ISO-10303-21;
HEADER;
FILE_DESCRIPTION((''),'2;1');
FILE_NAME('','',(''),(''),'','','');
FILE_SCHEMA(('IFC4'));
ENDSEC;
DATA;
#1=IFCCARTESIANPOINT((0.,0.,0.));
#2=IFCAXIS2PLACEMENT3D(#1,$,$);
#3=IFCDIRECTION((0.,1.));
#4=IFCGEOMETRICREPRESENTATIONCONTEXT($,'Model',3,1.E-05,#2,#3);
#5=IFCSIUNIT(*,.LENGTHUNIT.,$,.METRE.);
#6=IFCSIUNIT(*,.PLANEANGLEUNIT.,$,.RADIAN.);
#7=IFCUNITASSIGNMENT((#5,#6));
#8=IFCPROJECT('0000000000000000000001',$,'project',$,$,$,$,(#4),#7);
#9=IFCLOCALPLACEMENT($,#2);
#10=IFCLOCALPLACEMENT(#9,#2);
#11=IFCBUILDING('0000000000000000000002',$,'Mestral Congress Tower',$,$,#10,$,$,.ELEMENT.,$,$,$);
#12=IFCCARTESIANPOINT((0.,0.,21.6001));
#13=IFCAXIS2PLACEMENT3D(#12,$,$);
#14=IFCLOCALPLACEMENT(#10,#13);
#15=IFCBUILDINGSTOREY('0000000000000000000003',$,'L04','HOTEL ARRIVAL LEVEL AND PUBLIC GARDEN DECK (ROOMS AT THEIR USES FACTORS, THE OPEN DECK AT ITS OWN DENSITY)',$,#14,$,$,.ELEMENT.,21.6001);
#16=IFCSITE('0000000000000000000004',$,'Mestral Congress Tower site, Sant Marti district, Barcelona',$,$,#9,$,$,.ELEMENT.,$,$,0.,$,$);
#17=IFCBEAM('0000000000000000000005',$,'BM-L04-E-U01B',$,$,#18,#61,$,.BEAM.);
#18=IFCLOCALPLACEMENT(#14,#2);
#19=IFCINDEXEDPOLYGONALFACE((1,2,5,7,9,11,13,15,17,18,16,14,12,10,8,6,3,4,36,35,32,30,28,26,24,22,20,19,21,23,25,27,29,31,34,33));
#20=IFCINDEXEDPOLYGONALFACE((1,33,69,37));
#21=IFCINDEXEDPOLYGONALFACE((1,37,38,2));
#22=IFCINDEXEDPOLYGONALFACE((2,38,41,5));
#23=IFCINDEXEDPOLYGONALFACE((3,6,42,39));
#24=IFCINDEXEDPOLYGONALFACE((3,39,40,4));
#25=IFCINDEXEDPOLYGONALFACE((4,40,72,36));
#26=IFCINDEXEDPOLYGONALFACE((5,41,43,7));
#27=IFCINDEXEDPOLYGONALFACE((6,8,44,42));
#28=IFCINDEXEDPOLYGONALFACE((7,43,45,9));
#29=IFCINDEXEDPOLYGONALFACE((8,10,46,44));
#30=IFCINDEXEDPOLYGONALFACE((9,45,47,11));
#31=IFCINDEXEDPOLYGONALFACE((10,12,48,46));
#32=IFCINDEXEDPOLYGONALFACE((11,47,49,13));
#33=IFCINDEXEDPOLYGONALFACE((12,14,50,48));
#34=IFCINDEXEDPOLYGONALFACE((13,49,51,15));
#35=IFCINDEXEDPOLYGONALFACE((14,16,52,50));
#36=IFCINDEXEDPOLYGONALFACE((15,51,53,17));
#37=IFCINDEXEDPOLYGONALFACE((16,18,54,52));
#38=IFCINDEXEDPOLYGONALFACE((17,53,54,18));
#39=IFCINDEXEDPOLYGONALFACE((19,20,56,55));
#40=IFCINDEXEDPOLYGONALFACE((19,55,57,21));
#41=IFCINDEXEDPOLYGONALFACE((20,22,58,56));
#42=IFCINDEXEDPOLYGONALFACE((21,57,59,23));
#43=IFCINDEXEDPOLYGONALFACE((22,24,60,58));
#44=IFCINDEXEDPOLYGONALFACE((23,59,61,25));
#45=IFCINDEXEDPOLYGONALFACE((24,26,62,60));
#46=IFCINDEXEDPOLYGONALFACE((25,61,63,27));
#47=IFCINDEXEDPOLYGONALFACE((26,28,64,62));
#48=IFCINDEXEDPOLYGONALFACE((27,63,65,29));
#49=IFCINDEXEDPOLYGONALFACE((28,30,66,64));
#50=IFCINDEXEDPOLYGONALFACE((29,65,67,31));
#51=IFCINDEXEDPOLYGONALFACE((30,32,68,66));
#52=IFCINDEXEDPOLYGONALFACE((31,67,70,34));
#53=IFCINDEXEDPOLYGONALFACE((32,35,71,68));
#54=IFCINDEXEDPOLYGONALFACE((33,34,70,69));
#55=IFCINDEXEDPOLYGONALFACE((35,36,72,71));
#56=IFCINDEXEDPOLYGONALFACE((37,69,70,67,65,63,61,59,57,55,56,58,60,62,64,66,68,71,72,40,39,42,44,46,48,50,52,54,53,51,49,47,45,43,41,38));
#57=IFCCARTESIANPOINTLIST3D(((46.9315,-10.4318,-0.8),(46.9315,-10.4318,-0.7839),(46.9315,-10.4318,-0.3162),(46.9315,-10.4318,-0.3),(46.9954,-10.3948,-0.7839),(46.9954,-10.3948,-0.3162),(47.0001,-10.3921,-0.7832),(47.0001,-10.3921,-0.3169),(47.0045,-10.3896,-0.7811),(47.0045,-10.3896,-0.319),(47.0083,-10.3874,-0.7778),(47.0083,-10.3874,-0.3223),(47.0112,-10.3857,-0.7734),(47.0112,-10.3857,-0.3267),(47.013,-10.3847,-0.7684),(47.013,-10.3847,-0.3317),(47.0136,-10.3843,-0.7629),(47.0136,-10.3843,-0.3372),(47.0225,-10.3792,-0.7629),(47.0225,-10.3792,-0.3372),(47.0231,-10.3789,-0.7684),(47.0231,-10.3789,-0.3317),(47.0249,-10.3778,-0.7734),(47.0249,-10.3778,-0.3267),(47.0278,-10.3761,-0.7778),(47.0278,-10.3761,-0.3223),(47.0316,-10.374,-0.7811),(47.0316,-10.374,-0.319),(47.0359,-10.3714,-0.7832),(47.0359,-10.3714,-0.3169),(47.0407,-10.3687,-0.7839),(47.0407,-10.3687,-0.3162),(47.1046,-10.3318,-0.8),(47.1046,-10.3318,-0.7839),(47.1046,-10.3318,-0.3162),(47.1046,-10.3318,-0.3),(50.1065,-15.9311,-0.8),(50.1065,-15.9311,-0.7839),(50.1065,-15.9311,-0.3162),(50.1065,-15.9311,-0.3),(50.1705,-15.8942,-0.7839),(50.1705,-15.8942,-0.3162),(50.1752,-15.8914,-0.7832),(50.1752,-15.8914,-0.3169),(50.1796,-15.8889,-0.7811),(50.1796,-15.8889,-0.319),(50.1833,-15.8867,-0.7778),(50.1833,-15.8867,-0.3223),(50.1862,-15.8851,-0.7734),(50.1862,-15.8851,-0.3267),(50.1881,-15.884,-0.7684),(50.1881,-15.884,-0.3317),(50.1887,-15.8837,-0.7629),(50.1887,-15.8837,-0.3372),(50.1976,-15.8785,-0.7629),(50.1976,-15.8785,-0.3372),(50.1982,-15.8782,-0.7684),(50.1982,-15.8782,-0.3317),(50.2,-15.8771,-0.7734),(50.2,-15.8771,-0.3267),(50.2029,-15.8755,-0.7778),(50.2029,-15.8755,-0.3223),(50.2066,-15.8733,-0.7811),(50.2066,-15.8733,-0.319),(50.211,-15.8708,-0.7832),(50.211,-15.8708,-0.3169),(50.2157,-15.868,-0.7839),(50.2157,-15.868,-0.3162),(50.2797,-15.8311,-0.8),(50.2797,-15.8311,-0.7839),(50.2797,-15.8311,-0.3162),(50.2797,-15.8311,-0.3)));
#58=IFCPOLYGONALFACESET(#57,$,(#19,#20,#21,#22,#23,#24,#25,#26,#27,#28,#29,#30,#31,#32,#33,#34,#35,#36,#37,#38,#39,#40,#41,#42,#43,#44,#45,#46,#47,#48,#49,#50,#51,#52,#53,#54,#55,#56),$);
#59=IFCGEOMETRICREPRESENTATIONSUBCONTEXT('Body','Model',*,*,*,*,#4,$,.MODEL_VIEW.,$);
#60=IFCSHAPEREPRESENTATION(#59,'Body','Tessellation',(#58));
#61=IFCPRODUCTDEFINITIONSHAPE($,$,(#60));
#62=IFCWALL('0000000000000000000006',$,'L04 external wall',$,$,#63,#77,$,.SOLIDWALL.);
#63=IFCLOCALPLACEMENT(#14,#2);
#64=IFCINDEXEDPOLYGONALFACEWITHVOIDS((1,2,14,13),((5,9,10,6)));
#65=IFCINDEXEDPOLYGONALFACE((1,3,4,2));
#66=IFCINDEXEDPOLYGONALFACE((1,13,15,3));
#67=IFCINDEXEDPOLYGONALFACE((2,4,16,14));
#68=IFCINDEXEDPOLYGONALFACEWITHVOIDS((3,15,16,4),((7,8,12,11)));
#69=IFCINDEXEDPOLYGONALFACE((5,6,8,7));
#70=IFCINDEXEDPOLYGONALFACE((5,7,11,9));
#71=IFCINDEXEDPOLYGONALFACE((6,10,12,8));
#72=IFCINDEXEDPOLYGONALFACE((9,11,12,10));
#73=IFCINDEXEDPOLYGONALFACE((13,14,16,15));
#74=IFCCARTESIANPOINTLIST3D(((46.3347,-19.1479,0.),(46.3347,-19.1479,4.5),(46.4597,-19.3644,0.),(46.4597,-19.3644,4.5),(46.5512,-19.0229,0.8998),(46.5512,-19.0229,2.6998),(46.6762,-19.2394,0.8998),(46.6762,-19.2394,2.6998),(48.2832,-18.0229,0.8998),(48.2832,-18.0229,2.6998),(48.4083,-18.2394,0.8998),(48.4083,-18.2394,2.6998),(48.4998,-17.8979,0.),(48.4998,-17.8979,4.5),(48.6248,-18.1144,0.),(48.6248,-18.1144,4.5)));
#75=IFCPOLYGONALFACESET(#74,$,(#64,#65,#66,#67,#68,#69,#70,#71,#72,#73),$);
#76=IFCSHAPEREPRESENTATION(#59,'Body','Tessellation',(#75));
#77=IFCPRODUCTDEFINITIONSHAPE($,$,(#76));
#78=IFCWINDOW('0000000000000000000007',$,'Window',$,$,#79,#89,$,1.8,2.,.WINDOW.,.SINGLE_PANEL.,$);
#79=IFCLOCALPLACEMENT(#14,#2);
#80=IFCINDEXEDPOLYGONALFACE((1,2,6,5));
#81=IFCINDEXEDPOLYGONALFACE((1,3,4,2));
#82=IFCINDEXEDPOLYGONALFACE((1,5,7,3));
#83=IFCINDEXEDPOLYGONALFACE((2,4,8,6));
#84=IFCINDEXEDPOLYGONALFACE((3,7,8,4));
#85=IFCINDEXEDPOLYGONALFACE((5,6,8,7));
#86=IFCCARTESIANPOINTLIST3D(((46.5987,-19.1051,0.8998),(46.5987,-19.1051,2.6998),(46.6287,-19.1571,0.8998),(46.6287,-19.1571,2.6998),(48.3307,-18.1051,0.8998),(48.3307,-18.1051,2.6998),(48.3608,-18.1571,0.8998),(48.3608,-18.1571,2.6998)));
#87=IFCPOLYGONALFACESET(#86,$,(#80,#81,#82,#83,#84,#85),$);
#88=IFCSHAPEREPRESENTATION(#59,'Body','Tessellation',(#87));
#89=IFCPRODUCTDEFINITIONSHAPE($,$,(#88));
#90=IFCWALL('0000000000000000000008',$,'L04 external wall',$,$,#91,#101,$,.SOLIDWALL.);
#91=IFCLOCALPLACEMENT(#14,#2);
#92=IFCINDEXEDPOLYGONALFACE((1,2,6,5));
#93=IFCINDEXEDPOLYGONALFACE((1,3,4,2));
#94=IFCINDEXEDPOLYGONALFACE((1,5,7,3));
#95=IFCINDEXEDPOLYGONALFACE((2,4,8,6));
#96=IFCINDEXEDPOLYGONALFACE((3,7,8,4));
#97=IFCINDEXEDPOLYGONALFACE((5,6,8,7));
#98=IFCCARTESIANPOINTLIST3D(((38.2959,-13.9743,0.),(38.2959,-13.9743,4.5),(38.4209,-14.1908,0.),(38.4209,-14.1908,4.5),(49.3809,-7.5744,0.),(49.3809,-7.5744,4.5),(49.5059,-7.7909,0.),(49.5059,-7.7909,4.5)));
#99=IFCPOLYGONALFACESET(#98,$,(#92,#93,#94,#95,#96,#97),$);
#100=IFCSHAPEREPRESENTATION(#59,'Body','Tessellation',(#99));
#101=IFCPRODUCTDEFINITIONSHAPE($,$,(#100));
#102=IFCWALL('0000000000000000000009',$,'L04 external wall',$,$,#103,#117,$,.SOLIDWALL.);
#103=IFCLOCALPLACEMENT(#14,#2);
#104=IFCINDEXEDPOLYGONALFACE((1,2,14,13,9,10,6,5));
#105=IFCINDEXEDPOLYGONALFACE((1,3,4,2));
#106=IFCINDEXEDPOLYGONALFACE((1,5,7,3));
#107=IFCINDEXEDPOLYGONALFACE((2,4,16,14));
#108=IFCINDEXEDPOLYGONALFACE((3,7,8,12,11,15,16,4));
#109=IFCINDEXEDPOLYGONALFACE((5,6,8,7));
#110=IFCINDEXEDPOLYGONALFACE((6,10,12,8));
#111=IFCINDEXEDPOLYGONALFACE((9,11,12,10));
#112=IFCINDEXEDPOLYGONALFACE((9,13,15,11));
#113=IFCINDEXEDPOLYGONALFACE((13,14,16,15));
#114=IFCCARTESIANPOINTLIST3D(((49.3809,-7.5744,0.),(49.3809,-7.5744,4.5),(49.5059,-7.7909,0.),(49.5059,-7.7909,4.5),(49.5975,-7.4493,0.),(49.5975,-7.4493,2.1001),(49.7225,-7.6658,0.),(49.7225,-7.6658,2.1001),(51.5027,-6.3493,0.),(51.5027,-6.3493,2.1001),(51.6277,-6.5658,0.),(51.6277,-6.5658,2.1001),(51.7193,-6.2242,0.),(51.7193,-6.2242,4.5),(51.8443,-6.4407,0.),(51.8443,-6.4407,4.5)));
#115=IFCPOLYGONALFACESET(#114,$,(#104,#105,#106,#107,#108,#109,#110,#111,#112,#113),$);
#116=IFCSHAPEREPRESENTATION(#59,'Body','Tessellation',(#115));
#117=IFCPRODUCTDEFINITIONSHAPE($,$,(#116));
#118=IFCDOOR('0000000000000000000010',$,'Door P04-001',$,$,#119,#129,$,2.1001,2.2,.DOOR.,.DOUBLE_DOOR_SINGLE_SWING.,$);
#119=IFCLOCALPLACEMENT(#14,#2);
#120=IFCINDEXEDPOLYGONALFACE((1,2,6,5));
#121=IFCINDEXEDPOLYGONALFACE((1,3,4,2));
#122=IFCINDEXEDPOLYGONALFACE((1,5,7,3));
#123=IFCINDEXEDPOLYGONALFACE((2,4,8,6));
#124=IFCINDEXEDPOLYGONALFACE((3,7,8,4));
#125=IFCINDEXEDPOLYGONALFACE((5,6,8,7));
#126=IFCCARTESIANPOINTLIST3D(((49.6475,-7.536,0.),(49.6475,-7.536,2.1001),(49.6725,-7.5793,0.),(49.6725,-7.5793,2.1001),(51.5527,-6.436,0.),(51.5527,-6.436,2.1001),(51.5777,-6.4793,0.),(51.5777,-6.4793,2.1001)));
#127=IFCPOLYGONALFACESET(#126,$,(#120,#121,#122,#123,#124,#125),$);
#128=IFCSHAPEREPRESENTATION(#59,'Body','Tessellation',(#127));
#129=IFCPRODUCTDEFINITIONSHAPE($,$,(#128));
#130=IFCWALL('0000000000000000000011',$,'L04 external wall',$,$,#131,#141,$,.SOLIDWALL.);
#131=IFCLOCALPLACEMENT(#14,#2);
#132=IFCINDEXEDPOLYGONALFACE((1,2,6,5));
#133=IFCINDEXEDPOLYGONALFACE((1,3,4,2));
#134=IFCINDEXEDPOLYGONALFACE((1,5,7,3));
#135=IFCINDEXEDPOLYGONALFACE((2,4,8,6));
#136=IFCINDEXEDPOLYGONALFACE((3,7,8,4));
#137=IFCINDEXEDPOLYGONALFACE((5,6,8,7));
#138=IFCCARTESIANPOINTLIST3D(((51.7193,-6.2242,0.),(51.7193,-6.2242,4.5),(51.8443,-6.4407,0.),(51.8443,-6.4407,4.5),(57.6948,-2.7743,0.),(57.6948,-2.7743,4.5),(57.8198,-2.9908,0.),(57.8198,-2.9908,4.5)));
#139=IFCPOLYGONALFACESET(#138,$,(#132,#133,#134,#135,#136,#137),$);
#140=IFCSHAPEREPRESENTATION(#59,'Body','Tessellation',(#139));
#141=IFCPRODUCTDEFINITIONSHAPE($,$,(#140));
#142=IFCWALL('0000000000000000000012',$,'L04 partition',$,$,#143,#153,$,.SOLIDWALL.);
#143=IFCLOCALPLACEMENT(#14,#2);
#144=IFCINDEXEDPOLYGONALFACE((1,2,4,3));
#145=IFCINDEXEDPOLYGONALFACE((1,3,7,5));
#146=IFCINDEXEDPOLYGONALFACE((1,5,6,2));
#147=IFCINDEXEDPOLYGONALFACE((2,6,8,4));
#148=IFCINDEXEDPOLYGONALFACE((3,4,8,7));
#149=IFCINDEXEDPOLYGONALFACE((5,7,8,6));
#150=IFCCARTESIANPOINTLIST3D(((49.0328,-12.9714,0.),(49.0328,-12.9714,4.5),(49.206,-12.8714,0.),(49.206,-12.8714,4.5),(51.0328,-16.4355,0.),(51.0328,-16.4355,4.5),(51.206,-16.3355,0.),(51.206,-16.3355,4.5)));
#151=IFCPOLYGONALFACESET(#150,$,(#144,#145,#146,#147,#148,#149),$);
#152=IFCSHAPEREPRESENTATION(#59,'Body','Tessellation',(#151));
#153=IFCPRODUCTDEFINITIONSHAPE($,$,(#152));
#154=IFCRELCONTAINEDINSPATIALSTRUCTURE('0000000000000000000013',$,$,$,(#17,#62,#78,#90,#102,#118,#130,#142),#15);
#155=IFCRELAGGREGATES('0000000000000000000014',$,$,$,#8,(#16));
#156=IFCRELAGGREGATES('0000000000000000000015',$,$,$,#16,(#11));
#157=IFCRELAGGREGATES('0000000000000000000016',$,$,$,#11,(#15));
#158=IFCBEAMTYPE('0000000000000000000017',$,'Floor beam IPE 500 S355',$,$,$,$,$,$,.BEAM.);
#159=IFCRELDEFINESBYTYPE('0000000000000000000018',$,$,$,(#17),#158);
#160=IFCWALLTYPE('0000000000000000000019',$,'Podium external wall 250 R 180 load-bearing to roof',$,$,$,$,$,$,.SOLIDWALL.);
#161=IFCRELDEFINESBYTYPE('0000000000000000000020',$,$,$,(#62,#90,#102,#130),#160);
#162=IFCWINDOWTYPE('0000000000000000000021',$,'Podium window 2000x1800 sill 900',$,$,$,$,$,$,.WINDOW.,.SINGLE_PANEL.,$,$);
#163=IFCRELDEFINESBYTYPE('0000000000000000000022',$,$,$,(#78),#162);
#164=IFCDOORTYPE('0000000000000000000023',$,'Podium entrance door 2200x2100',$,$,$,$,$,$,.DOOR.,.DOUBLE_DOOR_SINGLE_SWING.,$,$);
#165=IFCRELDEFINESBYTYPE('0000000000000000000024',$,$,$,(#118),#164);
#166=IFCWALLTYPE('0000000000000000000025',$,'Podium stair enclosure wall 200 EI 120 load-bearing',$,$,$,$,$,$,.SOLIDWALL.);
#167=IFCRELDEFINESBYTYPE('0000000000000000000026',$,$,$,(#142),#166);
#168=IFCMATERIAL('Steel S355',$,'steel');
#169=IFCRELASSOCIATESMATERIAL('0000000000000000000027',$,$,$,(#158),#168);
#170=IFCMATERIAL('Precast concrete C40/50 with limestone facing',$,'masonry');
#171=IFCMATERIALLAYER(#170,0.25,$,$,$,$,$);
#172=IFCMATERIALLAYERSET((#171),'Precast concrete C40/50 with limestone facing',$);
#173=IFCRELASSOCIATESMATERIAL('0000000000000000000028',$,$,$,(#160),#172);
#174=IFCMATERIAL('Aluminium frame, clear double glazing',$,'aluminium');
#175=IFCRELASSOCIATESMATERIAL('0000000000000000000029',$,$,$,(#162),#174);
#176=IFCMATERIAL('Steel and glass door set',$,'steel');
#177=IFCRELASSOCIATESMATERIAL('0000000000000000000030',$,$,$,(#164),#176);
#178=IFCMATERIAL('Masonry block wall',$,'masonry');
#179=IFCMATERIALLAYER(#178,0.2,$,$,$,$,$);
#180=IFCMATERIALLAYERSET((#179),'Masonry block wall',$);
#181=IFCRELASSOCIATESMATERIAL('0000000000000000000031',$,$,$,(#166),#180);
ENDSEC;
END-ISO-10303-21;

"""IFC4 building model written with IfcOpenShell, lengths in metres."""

from ifc_helpers import new_model, si_unit, direction, frame, frame_2d, origin, origin_2d, place, context, subcontext, project, spatial, rectangle, i_section, extrude, material, layer, layer_set, material_profile, profile_set, type_object, element, fill, save


model = new_model("IFC4")

# Units and contexts
model_context = context("Model", 3, precision=1e-05, world=origin(), true_north=direction((0.0, 1.0)))
body_context = subcontext(model_context, "Body", "Model", "MODEL_VIEW")
ifc_project = project(units=[si_unit("LENGTHUNIT", "METRE"), si_unit("PLANEANGLEUNIT", "RADIAN")], contexts=[model_context])

# Site, building, storey
site_placement = place(None, origin())
site = spatial("IfcSite", under=ifc_project, at=site_placement, Name="Mestral Congress Tower site, Sant Marti district, Barcelona", CompositionType="ELEMENT", RefElevation=0.0)
building_placement = place(site_placement, origin())
building = spatial("IfcBuilding", under=site, at=building_placement, Name="Mestral Congress Tower", CompositionType="ELEMENT")
storey_placement = place(building_placement, frame((0.0, 0.0, 21.6001)))
storey = spatial("IfcBuildingStorey", under=building, at=storey_placement, Name="L04", Description="HOTEL ARRIVAL LEVEL AND PUBLIC GARDEN DECK (ROOMS AT THEIR USES FACTORS, THE OPEN DECK AT ITS OWN DENSITY)", CompositionType="ELEMENT", Elevation=21.6001)

# Beam
ifc_material_1 = material(Name="Steel S355", Category="steel")
ifc_material_profile = material_profile(ifc_material_1, i_section(OverallWidth=0.2, OverallDepth=0.5, WebThickness=0.0103, FlangeThickness=0.0161, FilletRadius=0.021, at=origin_2d()), Name="IPE 500")
ifc_profile_set = profile_set([ifc_material_profile], Name="Steel S355")
beam_type = type_object("IfcBeamType", Name="Floor beam IPE 500 S355", PredefinedType="BEAM", material=ifc_profile_set)
beam_placement = place(storey_placement, frame((50.1931, -15.8811, -0.55), z_axis=(-0.500005, 0.866022, 0.0), x_axis=(-0.866022, -0.500005, 0.0)))
element("IfcBeam", 1, at=beam_placement, inside=storey, type_object=beam_type, Name="BM-L04-E-U01B", PredefinedType="BEAM", context=body_context, shape_type="SweptSolid", body=[
    extrude(i_section(OverallWidth=0.2, OverallDepth=0.5, WebThickness=0.0103, FlangeThickness=0.0161, FilletRadius=0.021, at=origin_2d()), origin(), (0.0, 0.0, 1.0), 6.3501),
])

# Wall, opening, window
ifc_material_2 = material(Name="Precast concrete C40/50 with limestone facing", Category="masonry")
ifc_layer_1 = layer(ifc_material_2, 0.25)
ifc_layer_set_1 = layer_set([ifc_layer_1], Name="Precast concrete C40/50 with limestone facing")
wall_type_1 = type_object("IfcWallType", Name="Podium external wall 250 R 180 load-bearing to roof", PredefinedType="SOLIDWALL", material=ifc_layer_set_1)
wall_1_placement = place(storey_placement, frame((48.5623, -18.0061, 0.0), z_axis=(0.0, 0.0, 1.0), x_axis=(-0.866023, -0.500004, 0.0)))
wall_1 = element("IfcWall", 2, at=wall_1_placement, inside=storey, type_object=wall_type_1, Name="L04 external wall", PredefinedType="SOLIDWALL", context=body_context, shape_type="SweptSolid", body=[
    extrude(rectangle(XDim=2.5, YDim=0.25, at=frame_2d((1.25, 0.0))), origin(), (0.0, 0.0, 1.0), 4.5),
])
opening_1_placement = place(wall_1_placement, frame((0.25, 0.0, 0.8999)))
opening_1 = element("IfcOpeningElement", 3, at=opening_1_placement, cuts=wall_1, PredefinedType="OPENING", context=body_context, shape_type="SweptSolid", body=[
    extrude(rectangle(XDim=2.0, YDim=1.8, at=frame_2d((1.0, 0.8999))), frame((0.0, 0.135, 0.0), z_axis=(0.0, -1.0, 0.0), x_axis=(1.0, 0.0, 0.0)), (0.0, 0.0, 1.0), 0.27),
])
ifc_material_3 = material(Name="Aluminium frame, clear double glazing", Category="aluminium")
window_type = type_object("IfcWindowType", Name="Podium window 2000x1800 sill 900", PartitioningType="SINGLE_PANEL", PredefinedType="WINDOW", material=ifc_material_3)
window_placement = place(opening_1_placement, origin())
window = element("IfcWindow", 4, at=window_placement, inside=storey, type_object=window_type, Name="Window", OverallHeight=1.8, OverallWidth=2.0, PartitioningType="SINGLE_PANEL", PredefinedType="WINDOW", context=body_context, shape_type="SweptSolid", body=[
    extrude(rectangle(XDim=2.0, YDim=1.8, at=frame_2d((1.0, 0.8999))), frame((0.0, 0.03, 0.0), z_axis=(0.0, -1.0, 0.0), x_axis=(1.0, 0.0, 0.0)), (0.0, 0.0, 1.0), 0.0601),
])
fill(opening_1, window)

# Wall
wall_2_placement = place(storey_placement, frame((49.4434, -7.6826, 0.0), z_axis=(0.0, 0.0, 1.0), x_axis=(-0.866025, -0.5, 0.0)))
element("IfcWall", 5, at=wall_2_placement, inside=storey, type_object=wall_type_1, Name="L04 external wall", PredefinedType="SOLIDWALL", context=body_context, shape_type="SweptSolid", body=[
    extrude(rectangle(XDim=12.7998, YDim=0.25, at=frame_2d((6.3999, 0.0))), origin(), (0.0, 0.0, 1.0), 4.5),
])

# Wall, opening, door
wall_3_placement = place(storey_placement, frame((49.4434, -7.6826, 0.0), z_axis=(0.0, 0.0, 1.0), x_axis=(0.86602, 0.500009, 0.0)))
wall_3 = element("IfcWall", 6, at=wall_3_placement, inside=storey, type_object=wall_type_1, Name="L04 external wall", PredefinedType="SOLIDWALL", context=body_context, shape_type="SweptSolid", body=[
    extrude(rectangle(XDim=2.7002, YDim=0.25, at=frame_2d((1.3501, 0.0))), origin(), (0.0, 0.0, 1.0), 4.5),
])
opening_2_placement = place(wall_3_placement, frame((0.25, 0.0, 0.0)))
opening_2 = element("IfcOpeningElement", 7, at=opening_2_placement, cuts=wall_3, PredefinedType="OPENING", context=body_context, shape_type="SweptSolid", body=[
    extrude(rectangle(XDim=2.2, YDim=2.1001, at=frame_2d((1.1001, 1.05))), frame((0.0, 0.135, 0.0), z_axis=(0.0, -1.0, 0.0), x_axis=(1.0, 0.0, 0.0)), (0.0, 0.0, 1.0), 0.27),
])
ifc_material_4 = material(Name="Steel and glass door set", Category="steel")
door_type_1 = type_object("IfcDoorType", Name="Podium entrance door 2200x2100", OperationType="DOUBLE_DOOR_SINGLE_SWING", PredefinedType="DOOR", material=ifc_material_4)
door_1_placement = place(opening_2_placement, origin())
door_1 = element("IfcDoor", 8, at=door_1_placement, inside=storey, type_object=door_type_1, Name="Door P04-001", OperationType="DOUBLE_DOOR_SINGLE_SWING", OverallHeight=2.1001, OverallWidth=2.2, PredefinedType="DOOR", context=body_context, shape_type="SweptSolid", body=[
    extrude(rectangle(XDim=2.2, YDim=2.1001, at=frame_2d((1.1001, 1.05))), frame((0.0, 0.0249, 0.0), z_axis=(0.0, -1.0, 0.0), x_axis=(1.0, 0.0, 0.0)), (0.0, 0.0, 1.0), 0.05),
])
fill(opening_2, door_1)

# Walls
wall_4_placement = place(storey_placement, frame((57.7573, -2.8826, 0.0), z_axis=(0.0, 0.0, 1.0), x_axis=(-0.866029, -0.499994, 0.0)))
element("IfcWall", 9, at=wall_4_placement, inside=storey, type_object=wall_type_1, Name="L04 external wall", PredefinedType="SOLIDWALL", context=body_context, shape_type="SweptSolid", body=[
    extrude(rectangle(XDim=6.8999, YDim=0.25, at=frame_2d((3.45, 0.0))), origin(), (0.0, 0.0, 1.0), 4.5),
])
ifc_material_5 = material(Name="Masonry block wall", Category="masonry")
ifc_layer_2 = layer(ifc_material_5, 0.2)
ifc_layer_set_2 = layer_set([ifc_layer_2], Name="Masonry block wall")
wall_type_2 = type_object("IfcWallType", Name="Podium stair enclosure wall 200 EI 120 load-bearing", PredefinedType="SOLIDWALL", material=ifc_layer_set_2)
wall_5_placement = place(storey_placement, frame((51.1194, -16.3855, 0.0), z_axis=(0.0, 0.0, 1.0), x_axis=(-0.499999, 0.866026, 0.0)))
element("IfcWall", 10, at=wall_5_placement, inside=storey, type_object=wall_type_2, Name="L04 partition", PredefinedType="SOLIDWALL", context=body_context, shape_type="SweptSolid", body=[
    extrude(rectangle(XDim=4.0, YDim=0.2, at=frame_2d((2.0, 0.0))), origin(), (0.0, 0.0, 1.0), 4.5),
])

save(model, "model.ifc")
